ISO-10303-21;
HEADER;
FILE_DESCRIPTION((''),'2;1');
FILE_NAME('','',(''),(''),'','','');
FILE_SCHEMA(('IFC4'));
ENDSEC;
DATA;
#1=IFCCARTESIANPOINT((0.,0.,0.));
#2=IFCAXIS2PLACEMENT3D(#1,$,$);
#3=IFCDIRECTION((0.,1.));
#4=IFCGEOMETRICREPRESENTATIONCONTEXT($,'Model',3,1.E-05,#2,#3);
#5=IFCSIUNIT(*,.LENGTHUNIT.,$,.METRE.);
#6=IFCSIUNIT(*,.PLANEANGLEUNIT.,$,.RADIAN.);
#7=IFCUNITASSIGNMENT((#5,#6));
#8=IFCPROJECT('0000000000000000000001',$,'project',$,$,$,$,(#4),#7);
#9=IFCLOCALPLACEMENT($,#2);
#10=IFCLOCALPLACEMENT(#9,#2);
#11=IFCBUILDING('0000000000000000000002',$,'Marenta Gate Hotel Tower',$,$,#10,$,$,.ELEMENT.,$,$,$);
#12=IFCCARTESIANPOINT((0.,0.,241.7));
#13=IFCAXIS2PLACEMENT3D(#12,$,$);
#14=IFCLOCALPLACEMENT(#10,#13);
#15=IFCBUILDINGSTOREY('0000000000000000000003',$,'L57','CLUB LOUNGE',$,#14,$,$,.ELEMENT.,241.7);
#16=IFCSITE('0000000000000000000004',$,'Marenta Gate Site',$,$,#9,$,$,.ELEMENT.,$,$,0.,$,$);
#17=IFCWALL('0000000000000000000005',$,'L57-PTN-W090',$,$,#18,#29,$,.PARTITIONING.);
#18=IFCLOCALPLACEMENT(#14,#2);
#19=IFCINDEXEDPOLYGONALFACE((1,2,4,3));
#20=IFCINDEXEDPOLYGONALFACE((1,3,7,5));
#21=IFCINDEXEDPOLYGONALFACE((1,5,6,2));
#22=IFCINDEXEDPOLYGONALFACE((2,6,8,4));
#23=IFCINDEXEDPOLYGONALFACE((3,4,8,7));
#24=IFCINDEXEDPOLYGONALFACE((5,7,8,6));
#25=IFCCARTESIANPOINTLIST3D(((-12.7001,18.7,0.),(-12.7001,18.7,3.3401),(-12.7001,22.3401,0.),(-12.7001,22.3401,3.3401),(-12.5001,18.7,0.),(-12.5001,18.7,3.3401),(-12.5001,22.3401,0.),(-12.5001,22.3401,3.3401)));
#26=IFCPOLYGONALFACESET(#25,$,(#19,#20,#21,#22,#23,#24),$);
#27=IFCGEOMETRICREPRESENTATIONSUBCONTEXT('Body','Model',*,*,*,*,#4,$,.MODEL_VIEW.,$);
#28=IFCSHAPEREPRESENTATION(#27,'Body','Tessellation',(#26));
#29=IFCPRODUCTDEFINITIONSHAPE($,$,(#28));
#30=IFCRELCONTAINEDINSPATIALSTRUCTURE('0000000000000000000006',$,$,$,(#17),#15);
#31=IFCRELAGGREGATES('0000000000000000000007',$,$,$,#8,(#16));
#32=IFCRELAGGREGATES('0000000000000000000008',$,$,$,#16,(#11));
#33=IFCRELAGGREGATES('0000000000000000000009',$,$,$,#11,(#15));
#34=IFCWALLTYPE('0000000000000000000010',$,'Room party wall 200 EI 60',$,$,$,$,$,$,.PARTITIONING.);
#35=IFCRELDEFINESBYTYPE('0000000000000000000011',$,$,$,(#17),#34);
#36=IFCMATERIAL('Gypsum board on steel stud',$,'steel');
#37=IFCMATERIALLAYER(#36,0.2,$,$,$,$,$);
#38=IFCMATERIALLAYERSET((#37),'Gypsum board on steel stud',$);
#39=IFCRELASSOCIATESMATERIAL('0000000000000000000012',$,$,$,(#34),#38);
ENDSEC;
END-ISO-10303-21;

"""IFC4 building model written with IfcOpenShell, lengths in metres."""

from ifc_helpers import new_model, si_unit, direction, frame, frame_2d, origin, place, context, subcontext, project, spatial, rectangle, extrude, material, layer, layer_set, type_object, element, save


model = new_model("IFC4")

# Units and contexts
model_context = context("Model", 3, precision=1e-05, world=origin(), true_north=direction((0.0, 1.0)))
body_context = subcontext(model_context, "Body", "Model", "MODEL_VIEW")
ifc_project = project(units=[si_unit("LENGTHUNIT", "METRE"), si_unit("PLANEANGLEUNIT", "RADIAN")], contexts=[model_context])

# Site, building, storey
site_placement = place(None, origin())
site = spatial("IfcSite", under=ifc_project, at=site_placement, Name="Marenta Gate Site", CompositionType="ELEMENT", RefElevation=0.0)
building_placement = place(site_placement, origin())
building = spatial("IfcBuilding", under=site, at=building_placement, Name="Marenta Gate Hotel Tower", CompositionType="ELEMENT")
storey_placement = place(building_placement, frame((0.0, 0.0, 241.7)))
storey = spatial("IfcBuildingStorey", under=building, at=storey_placement, Name="L57", Description="CLUB LOUNGE", CompositionType="ELEMENT", Elevation=241.7)

# Wall
ifc_material_1 = material(Name="Gypsum board on steel stud", Category="steel")
ifc_layer_1 = layer(ifc_material_1, 0.2)
ifc_layer_set_1 = layer_set([ifc_layer_1], Name="Gypsum board on steel stud")
wall_type_1 = type_object("IfcWallType", Name="Room party wall 200 EI 60", PredefinedType="PARTITIONING", material=ifc_layer_set_1)
wall_1_placement = place(storey_placement, frame((-12.6001, 18.7, 0.0), z_axis=(0.0, 0.0, 1.0), x_axis=(0.0, 1.0, 0.0)))
element("IfcWall", 1, at=wall_1_placement, inside=storey, type_object=wall_type_1, Name="L57-PTN-W090", PredefinedType="PARTITIONING", context=body_context, shape_type="SweptSolid", body=[
    extrude(rectangle(XDim=3.6401, YDim=0.2, at=frame_2d((1.8201, 0.0))), origin(), (0.0, 0.0, 1.0), 3.3401),
])

save(model, "model.ifc")
